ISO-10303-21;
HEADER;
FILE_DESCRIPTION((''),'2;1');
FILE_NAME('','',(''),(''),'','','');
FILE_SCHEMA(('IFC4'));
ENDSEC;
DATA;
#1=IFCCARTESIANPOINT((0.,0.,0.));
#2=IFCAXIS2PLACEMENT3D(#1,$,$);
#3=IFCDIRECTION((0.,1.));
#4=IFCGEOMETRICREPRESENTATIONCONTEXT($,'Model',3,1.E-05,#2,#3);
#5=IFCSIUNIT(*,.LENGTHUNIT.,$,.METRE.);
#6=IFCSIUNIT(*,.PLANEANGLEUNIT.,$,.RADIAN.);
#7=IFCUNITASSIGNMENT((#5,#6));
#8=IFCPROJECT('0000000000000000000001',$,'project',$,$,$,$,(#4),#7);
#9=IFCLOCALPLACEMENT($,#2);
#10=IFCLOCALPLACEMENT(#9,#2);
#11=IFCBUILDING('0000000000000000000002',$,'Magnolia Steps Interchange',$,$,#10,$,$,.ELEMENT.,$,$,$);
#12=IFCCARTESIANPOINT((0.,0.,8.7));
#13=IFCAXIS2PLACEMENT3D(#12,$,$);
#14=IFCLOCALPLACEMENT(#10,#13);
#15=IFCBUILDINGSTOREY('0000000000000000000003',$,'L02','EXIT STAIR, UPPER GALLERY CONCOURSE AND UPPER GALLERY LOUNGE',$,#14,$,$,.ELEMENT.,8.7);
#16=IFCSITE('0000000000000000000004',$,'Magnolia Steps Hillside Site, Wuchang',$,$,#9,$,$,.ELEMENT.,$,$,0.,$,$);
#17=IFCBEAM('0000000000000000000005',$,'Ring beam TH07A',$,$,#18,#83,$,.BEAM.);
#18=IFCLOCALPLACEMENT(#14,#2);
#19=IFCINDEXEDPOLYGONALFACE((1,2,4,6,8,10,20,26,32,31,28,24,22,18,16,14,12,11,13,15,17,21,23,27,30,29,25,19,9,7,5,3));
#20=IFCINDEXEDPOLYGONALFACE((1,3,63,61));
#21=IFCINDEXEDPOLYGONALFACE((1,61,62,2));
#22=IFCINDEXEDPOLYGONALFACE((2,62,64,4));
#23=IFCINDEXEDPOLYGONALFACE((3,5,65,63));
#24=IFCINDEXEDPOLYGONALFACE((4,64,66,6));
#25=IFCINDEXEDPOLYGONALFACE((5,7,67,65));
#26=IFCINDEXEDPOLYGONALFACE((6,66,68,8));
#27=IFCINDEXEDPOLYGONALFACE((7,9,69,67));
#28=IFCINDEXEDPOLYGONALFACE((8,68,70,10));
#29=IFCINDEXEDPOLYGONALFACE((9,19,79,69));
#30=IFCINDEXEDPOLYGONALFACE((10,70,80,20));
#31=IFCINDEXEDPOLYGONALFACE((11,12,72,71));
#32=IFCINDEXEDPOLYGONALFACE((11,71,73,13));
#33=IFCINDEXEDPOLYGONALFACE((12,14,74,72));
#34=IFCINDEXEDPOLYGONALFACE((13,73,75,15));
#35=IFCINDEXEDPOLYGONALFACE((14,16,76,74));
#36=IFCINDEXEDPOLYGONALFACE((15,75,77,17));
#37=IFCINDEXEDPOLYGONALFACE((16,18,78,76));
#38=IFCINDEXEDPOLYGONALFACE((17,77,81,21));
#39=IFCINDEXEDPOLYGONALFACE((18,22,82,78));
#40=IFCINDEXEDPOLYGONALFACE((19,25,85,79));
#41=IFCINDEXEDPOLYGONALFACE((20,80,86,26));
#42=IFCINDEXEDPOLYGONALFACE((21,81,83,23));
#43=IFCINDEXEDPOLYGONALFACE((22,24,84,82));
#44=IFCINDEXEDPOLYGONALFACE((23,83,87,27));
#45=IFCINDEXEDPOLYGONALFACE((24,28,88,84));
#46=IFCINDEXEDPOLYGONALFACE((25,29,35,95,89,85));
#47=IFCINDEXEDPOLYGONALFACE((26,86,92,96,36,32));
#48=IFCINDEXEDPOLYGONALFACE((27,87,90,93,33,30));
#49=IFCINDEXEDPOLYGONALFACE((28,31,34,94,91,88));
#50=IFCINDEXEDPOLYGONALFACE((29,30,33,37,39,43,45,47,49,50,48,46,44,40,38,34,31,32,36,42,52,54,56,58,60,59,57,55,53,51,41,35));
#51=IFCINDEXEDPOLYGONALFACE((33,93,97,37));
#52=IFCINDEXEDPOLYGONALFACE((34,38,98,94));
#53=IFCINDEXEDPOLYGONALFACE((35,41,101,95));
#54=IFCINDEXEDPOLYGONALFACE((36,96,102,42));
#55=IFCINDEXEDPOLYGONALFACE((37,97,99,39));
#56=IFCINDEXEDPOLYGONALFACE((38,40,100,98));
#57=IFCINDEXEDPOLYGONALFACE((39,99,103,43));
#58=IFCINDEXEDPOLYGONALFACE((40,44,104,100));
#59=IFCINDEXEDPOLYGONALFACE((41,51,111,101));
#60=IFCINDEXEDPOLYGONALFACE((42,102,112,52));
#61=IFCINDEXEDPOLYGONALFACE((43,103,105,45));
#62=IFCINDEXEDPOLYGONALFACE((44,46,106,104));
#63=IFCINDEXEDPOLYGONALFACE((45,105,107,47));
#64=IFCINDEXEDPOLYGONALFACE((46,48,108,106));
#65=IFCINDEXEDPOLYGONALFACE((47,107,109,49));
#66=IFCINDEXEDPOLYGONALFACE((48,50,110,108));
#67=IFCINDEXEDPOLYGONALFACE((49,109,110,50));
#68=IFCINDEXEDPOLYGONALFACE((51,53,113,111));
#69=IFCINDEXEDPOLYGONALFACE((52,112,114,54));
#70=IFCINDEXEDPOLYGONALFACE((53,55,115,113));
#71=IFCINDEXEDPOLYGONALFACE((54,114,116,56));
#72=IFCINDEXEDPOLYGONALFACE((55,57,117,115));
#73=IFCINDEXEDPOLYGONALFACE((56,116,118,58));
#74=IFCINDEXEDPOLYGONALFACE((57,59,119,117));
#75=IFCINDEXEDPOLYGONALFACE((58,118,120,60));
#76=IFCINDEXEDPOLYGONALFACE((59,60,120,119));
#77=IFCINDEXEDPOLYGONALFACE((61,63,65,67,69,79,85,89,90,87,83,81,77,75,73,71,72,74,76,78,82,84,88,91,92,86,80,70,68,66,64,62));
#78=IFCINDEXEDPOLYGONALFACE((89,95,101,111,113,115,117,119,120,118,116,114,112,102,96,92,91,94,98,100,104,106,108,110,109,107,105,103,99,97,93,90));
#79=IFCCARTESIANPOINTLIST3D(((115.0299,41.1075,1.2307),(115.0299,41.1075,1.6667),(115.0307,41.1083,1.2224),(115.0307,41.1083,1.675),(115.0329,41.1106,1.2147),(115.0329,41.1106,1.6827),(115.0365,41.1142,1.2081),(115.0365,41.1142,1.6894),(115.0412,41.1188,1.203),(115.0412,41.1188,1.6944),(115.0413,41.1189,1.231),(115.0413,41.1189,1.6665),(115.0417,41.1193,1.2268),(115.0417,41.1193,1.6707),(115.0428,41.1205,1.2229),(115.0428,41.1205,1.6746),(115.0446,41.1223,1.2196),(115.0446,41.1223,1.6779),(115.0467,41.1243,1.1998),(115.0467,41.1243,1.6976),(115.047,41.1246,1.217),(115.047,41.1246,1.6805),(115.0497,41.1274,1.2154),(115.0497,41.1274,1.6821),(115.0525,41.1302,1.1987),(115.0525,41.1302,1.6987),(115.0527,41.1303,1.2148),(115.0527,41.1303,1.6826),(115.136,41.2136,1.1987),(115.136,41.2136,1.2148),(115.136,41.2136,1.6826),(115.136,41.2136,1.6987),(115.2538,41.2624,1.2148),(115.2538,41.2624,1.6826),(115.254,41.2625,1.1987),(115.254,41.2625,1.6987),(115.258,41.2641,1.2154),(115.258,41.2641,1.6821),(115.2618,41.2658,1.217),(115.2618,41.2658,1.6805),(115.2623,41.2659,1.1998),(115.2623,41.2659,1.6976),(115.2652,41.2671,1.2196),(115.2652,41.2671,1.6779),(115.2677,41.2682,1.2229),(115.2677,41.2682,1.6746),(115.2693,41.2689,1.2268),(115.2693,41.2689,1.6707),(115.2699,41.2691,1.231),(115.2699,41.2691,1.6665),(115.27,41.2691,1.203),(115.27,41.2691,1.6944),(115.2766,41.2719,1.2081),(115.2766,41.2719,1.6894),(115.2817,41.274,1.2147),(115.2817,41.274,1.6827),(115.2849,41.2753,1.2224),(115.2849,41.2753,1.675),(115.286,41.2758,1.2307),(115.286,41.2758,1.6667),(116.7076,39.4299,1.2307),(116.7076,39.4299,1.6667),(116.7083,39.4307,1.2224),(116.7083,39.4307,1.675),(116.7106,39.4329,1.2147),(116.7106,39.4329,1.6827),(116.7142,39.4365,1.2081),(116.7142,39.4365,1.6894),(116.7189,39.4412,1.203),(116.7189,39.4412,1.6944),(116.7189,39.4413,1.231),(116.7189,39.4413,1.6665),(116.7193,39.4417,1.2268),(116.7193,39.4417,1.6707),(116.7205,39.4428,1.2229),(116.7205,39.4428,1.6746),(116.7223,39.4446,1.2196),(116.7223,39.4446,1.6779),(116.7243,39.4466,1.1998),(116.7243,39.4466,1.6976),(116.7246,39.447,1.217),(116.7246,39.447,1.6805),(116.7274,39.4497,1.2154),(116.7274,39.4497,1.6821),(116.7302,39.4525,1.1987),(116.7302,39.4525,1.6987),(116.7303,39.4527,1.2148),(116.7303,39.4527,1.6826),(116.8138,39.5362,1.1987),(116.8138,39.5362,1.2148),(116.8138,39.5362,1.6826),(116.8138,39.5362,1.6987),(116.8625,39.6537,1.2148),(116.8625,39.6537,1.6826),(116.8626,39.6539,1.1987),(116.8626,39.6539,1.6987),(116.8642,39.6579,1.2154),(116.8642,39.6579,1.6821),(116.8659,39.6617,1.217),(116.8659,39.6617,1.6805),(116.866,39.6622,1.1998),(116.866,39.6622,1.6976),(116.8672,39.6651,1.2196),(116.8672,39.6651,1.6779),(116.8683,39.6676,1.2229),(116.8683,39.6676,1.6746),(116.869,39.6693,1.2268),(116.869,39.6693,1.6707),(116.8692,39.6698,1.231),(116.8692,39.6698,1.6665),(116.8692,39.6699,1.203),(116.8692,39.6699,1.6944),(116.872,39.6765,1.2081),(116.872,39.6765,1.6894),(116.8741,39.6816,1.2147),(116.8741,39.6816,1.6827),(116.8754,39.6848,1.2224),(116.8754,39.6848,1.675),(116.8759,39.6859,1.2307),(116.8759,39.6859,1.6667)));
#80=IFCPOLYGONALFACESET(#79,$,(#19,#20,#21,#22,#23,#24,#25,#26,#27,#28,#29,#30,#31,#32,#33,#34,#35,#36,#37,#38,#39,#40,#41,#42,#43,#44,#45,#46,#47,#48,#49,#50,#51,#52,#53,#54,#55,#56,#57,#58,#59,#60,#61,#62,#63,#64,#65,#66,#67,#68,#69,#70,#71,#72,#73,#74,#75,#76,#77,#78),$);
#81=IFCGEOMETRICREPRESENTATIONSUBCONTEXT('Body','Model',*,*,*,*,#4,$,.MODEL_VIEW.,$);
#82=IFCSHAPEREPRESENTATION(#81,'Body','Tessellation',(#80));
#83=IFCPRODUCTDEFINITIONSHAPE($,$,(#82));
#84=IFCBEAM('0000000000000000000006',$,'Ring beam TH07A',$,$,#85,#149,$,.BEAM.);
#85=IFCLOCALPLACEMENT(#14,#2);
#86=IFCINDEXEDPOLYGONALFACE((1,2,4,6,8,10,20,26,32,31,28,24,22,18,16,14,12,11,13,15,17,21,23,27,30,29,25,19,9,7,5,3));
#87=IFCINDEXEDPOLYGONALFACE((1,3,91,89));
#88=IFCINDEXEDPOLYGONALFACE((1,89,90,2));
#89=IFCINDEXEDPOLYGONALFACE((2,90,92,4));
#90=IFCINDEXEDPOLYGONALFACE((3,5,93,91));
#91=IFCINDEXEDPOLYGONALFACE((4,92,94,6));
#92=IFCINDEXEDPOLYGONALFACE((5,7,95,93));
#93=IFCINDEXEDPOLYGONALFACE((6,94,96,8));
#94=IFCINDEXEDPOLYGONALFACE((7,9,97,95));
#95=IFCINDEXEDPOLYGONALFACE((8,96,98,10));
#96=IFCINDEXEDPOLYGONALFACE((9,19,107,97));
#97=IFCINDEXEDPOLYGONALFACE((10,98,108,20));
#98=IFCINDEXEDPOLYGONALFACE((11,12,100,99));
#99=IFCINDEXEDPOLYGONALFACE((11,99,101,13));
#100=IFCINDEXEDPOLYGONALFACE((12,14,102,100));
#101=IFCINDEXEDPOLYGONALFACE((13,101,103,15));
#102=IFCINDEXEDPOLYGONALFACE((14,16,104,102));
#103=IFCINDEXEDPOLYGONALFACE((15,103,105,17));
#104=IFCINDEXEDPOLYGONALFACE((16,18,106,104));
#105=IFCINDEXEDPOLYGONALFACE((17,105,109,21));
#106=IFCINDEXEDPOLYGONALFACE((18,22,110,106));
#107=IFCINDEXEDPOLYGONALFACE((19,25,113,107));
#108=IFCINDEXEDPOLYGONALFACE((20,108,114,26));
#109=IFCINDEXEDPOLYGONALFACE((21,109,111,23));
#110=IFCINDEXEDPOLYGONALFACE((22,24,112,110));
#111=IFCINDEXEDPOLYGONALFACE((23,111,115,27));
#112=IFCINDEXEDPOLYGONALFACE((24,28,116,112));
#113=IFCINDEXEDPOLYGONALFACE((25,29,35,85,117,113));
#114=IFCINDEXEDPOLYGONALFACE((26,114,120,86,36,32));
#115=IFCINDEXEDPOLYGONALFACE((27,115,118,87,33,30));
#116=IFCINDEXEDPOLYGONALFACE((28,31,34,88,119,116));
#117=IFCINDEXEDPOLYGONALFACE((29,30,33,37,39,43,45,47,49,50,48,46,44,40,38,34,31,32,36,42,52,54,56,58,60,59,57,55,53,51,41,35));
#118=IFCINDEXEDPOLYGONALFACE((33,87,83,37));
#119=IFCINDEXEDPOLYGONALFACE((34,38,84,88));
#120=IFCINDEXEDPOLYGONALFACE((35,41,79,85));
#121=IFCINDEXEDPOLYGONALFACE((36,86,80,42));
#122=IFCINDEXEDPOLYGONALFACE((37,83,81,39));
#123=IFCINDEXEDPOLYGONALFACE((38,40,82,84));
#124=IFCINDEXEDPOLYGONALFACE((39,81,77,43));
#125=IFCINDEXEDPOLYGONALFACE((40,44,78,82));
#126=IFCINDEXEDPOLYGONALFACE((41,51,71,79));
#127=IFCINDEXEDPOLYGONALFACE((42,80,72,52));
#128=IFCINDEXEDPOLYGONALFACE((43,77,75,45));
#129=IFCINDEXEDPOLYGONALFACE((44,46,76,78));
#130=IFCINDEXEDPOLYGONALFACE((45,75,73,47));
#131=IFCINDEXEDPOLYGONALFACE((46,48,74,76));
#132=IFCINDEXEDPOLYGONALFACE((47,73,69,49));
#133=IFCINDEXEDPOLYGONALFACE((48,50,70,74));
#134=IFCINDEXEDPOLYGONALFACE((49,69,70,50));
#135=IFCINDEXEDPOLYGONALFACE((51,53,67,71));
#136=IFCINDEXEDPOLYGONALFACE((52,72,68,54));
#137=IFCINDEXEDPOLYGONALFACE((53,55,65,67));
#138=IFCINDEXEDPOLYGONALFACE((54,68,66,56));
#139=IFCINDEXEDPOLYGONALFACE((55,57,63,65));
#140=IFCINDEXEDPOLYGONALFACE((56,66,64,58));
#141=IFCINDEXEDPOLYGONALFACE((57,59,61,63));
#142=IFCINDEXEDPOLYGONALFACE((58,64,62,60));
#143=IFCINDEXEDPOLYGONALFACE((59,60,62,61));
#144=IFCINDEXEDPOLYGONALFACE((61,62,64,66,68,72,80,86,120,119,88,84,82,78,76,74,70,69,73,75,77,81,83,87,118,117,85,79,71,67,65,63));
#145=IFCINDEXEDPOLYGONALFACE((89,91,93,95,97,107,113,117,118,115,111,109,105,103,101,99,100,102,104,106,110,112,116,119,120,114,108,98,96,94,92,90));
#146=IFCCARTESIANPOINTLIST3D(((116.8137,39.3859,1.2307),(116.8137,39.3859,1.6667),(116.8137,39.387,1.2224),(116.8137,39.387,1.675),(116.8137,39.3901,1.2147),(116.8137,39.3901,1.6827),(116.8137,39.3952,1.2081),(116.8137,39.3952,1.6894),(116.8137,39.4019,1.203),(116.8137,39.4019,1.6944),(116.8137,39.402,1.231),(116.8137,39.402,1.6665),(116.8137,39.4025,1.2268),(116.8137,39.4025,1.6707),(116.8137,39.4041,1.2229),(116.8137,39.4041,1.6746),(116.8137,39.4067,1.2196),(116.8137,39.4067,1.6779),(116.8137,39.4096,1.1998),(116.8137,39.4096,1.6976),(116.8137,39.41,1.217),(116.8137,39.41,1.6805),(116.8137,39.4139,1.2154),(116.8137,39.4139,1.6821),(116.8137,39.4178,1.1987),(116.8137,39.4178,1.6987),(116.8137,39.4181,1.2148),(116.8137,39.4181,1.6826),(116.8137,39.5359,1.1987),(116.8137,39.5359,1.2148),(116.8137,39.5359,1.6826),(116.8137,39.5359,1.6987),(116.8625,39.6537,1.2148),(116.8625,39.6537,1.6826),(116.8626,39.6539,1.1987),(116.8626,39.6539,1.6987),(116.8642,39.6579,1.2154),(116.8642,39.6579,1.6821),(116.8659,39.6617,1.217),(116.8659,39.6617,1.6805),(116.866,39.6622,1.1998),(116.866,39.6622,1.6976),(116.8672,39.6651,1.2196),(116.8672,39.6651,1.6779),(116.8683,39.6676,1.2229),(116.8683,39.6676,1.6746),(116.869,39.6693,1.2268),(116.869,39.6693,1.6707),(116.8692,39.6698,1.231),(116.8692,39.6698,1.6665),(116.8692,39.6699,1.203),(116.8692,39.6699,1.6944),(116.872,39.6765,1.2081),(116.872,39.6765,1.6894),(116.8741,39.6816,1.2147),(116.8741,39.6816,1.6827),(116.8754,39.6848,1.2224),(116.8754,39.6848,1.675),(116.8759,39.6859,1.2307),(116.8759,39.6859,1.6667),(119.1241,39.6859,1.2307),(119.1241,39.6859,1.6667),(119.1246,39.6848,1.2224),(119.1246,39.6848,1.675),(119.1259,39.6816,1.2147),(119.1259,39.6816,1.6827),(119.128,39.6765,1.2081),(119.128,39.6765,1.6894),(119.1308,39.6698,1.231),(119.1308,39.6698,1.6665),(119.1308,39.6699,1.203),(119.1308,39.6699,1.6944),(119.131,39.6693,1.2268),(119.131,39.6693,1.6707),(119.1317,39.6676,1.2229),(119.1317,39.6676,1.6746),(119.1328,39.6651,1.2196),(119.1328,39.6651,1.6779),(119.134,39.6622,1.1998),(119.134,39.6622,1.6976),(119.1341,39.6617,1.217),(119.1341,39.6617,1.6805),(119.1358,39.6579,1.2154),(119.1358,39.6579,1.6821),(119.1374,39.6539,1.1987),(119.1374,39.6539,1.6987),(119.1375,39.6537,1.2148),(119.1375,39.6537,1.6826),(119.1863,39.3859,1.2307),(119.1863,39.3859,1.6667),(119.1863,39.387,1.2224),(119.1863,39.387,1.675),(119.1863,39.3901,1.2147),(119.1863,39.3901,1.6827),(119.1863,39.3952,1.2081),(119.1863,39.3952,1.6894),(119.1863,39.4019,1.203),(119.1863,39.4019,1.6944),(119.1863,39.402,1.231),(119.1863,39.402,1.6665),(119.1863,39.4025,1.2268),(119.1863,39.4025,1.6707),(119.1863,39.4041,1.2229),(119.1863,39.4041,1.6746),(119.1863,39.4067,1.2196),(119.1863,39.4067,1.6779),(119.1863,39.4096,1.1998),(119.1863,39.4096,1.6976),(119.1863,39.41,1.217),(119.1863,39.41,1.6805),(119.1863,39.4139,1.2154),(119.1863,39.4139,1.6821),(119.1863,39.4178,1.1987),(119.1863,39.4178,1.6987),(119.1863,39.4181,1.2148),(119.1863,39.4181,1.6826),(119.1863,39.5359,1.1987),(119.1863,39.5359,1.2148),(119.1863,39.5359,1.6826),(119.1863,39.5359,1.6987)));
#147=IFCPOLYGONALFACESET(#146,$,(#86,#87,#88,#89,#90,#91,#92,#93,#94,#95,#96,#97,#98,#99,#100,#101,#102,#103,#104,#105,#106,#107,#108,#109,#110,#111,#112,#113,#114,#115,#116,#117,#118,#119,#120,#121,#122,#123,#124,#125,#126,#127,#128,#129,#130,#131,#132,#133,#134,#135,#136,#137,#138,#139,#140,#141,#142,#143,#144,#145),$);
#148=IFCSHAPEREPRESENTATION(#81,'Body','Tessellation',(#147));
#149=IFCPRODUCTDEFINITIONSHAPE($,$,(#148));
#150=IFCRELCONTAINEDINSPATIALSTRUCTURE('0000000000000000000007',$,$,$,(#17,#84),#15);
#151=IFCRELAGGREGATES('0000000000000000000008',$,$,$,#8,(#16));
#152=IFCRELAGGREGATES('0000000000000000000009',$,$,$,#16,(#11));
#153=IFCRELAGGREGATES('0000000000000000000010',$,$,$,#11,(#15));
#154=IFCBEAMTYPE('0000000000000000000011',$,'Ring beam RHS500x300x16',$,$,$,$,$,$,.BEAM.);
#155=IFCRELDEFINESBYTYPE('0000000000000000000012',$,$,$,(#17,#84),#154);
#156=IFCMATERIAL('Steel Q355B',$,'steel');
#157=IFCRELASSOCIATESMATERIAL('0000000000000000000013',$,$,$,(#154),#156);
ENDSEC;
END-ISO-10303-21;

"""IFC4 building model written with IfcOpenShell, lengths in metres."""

from ifc_helpers import new_model, si_unit, direction, frame, origin, origin_2d, place, context, subcontext, project, spatial, hollow_rectangle, extrude, clip, halfspace, material, material_profile, profile_set, type_object, element, save


model = new_model("IFC4")

# Units and contexts
model_context = context("Model", 3, precision=1e-05, world=origin(), true_north=direction((0.0, 1.0)))
body_context = subcontext(model_context, "Body", "Model", "MODEL_VIEW")
ifc_project = project(units=[si_unit("LENGTHUNIT", "METRE"), si_unit("PLANEANGLEUNIT", "RADIAN")], contexts=[model_context])

# Site, building, storey
site_placement = place(None, origin())
site = spatial("IfcSite", under=ifc_project, at=site_placement, Name="Magnolia Steps Hillside Site, Wuchang", CompositionType="ELEMENT", RefElevation=0.0)
building_placement = place(site_placement, origin())
building = spatial("IfcBuilding", under=site, at=building_placement, Name="Magnolia Steps Interchange", CompositionType="ELEMENT")
storey_placement = place(building_placement, frame((0.0, 0.0, 8.7)))
storey = spatial("IfcBuildingStorey", under=building, at=storey_placement, Name="L02", Description="EXIT STAIR, UPPER GALLERY CONCOURSE AND UPPER GALLERY LOUNGE", CompositionType="ELEMENT", Elevation=8.7)

# Beams
ifc_material_1 = material(Name="Steel Q355B", Category="steel")
ifc_material_profile_1 = material_profile(ifc_material_1, hollow_rectangle(XDim=0.3, YDim=0.5, WallThickness=0.0161, InnerFilletRadius=0.0161, OuterFilletRadius=0.032, at=origin_2d()), Name="RHS500x300x16")
ifc_profile_set_1 = profile_set([ifc_material_profile_1], Name="Steel Q355B")
beam_type = type_object("IfcBeamType", Name="Ring beam RHS500x300x16", PredefinedType="BEAM", material=ifc_profile_set_1)
beam_1_placement = place(storey_placement, frame((115.136, 41.2136, 1.4487), z_axis=(0.707107, -0.707107, 0.0), x_axis=(0.707107, 0.707107, 0.0)))
element("IfcBeam", 1, at=beam_1_placement, inside=storey, type_object=beam_type, Name="Ring beam TH07A", PredefinedType="BEAM", context=body_context, shape_type="Clipping", body=[
    clip(clip(extrude(hollow_rectangle(XDim=0.3, YDim=0.5, WallThickness=0.0161, InnerFilletRadius=0.0161, OuterFilletRadius=0.032, at=origin_2d()), origin(), (0.0, 0.0, 1.0), 2.3726), halfspace(frame((0.0, 0.0, 0.0), z_axis=(0.382683, 0.0, -0.92388), x_axis=(0.92388, 0.0, 0.382683)), False)), halfspace(frame((0.0, 0.0, 2.3727), z_axis=(0.382683, 0.0, 0.92388), x_axis=(0.92388, 0.0, -0.382683)), False)),
])
beam_2_placement = place(storey_placement, frame((116.8137, 39.5359, 1.4487), z_axis=(1.0, 0.0, 0.0), x_axis=(0.0, 1.0, 0.0)))
element("IfcBeam", 2, at=beam_2_placement, inside=storey, type_object=beam_type, Name="Ring beam TH07A", PredefinedType="BEAM", context=body_context, shape_type="Clipping", body=[
    clip(clip(extrude(hollow_rectangle(XDim=0.3, YDim=0.5, WallThickness=0.0161, InnerFilletRadius=0.0161, OuterFilletRadius=0.032, at=origin_2d()), origin(), (0.0, 0.0, 1.0), 2.3726), halfspace(frame((0.0, 0.0, 0.0), z_axis=(0.382683, 0.0, -0.92388), x_axis=(0.92388, 0.0, 0.382683)), False)), halfspace(frame((0.0, 0.0, 2.3726), z_axis=(0.382683, 0.0, 0.92388), x_axis=(0.92388, 0.0, -0.382683)), False)),
])

save(model, "model.ifc")
